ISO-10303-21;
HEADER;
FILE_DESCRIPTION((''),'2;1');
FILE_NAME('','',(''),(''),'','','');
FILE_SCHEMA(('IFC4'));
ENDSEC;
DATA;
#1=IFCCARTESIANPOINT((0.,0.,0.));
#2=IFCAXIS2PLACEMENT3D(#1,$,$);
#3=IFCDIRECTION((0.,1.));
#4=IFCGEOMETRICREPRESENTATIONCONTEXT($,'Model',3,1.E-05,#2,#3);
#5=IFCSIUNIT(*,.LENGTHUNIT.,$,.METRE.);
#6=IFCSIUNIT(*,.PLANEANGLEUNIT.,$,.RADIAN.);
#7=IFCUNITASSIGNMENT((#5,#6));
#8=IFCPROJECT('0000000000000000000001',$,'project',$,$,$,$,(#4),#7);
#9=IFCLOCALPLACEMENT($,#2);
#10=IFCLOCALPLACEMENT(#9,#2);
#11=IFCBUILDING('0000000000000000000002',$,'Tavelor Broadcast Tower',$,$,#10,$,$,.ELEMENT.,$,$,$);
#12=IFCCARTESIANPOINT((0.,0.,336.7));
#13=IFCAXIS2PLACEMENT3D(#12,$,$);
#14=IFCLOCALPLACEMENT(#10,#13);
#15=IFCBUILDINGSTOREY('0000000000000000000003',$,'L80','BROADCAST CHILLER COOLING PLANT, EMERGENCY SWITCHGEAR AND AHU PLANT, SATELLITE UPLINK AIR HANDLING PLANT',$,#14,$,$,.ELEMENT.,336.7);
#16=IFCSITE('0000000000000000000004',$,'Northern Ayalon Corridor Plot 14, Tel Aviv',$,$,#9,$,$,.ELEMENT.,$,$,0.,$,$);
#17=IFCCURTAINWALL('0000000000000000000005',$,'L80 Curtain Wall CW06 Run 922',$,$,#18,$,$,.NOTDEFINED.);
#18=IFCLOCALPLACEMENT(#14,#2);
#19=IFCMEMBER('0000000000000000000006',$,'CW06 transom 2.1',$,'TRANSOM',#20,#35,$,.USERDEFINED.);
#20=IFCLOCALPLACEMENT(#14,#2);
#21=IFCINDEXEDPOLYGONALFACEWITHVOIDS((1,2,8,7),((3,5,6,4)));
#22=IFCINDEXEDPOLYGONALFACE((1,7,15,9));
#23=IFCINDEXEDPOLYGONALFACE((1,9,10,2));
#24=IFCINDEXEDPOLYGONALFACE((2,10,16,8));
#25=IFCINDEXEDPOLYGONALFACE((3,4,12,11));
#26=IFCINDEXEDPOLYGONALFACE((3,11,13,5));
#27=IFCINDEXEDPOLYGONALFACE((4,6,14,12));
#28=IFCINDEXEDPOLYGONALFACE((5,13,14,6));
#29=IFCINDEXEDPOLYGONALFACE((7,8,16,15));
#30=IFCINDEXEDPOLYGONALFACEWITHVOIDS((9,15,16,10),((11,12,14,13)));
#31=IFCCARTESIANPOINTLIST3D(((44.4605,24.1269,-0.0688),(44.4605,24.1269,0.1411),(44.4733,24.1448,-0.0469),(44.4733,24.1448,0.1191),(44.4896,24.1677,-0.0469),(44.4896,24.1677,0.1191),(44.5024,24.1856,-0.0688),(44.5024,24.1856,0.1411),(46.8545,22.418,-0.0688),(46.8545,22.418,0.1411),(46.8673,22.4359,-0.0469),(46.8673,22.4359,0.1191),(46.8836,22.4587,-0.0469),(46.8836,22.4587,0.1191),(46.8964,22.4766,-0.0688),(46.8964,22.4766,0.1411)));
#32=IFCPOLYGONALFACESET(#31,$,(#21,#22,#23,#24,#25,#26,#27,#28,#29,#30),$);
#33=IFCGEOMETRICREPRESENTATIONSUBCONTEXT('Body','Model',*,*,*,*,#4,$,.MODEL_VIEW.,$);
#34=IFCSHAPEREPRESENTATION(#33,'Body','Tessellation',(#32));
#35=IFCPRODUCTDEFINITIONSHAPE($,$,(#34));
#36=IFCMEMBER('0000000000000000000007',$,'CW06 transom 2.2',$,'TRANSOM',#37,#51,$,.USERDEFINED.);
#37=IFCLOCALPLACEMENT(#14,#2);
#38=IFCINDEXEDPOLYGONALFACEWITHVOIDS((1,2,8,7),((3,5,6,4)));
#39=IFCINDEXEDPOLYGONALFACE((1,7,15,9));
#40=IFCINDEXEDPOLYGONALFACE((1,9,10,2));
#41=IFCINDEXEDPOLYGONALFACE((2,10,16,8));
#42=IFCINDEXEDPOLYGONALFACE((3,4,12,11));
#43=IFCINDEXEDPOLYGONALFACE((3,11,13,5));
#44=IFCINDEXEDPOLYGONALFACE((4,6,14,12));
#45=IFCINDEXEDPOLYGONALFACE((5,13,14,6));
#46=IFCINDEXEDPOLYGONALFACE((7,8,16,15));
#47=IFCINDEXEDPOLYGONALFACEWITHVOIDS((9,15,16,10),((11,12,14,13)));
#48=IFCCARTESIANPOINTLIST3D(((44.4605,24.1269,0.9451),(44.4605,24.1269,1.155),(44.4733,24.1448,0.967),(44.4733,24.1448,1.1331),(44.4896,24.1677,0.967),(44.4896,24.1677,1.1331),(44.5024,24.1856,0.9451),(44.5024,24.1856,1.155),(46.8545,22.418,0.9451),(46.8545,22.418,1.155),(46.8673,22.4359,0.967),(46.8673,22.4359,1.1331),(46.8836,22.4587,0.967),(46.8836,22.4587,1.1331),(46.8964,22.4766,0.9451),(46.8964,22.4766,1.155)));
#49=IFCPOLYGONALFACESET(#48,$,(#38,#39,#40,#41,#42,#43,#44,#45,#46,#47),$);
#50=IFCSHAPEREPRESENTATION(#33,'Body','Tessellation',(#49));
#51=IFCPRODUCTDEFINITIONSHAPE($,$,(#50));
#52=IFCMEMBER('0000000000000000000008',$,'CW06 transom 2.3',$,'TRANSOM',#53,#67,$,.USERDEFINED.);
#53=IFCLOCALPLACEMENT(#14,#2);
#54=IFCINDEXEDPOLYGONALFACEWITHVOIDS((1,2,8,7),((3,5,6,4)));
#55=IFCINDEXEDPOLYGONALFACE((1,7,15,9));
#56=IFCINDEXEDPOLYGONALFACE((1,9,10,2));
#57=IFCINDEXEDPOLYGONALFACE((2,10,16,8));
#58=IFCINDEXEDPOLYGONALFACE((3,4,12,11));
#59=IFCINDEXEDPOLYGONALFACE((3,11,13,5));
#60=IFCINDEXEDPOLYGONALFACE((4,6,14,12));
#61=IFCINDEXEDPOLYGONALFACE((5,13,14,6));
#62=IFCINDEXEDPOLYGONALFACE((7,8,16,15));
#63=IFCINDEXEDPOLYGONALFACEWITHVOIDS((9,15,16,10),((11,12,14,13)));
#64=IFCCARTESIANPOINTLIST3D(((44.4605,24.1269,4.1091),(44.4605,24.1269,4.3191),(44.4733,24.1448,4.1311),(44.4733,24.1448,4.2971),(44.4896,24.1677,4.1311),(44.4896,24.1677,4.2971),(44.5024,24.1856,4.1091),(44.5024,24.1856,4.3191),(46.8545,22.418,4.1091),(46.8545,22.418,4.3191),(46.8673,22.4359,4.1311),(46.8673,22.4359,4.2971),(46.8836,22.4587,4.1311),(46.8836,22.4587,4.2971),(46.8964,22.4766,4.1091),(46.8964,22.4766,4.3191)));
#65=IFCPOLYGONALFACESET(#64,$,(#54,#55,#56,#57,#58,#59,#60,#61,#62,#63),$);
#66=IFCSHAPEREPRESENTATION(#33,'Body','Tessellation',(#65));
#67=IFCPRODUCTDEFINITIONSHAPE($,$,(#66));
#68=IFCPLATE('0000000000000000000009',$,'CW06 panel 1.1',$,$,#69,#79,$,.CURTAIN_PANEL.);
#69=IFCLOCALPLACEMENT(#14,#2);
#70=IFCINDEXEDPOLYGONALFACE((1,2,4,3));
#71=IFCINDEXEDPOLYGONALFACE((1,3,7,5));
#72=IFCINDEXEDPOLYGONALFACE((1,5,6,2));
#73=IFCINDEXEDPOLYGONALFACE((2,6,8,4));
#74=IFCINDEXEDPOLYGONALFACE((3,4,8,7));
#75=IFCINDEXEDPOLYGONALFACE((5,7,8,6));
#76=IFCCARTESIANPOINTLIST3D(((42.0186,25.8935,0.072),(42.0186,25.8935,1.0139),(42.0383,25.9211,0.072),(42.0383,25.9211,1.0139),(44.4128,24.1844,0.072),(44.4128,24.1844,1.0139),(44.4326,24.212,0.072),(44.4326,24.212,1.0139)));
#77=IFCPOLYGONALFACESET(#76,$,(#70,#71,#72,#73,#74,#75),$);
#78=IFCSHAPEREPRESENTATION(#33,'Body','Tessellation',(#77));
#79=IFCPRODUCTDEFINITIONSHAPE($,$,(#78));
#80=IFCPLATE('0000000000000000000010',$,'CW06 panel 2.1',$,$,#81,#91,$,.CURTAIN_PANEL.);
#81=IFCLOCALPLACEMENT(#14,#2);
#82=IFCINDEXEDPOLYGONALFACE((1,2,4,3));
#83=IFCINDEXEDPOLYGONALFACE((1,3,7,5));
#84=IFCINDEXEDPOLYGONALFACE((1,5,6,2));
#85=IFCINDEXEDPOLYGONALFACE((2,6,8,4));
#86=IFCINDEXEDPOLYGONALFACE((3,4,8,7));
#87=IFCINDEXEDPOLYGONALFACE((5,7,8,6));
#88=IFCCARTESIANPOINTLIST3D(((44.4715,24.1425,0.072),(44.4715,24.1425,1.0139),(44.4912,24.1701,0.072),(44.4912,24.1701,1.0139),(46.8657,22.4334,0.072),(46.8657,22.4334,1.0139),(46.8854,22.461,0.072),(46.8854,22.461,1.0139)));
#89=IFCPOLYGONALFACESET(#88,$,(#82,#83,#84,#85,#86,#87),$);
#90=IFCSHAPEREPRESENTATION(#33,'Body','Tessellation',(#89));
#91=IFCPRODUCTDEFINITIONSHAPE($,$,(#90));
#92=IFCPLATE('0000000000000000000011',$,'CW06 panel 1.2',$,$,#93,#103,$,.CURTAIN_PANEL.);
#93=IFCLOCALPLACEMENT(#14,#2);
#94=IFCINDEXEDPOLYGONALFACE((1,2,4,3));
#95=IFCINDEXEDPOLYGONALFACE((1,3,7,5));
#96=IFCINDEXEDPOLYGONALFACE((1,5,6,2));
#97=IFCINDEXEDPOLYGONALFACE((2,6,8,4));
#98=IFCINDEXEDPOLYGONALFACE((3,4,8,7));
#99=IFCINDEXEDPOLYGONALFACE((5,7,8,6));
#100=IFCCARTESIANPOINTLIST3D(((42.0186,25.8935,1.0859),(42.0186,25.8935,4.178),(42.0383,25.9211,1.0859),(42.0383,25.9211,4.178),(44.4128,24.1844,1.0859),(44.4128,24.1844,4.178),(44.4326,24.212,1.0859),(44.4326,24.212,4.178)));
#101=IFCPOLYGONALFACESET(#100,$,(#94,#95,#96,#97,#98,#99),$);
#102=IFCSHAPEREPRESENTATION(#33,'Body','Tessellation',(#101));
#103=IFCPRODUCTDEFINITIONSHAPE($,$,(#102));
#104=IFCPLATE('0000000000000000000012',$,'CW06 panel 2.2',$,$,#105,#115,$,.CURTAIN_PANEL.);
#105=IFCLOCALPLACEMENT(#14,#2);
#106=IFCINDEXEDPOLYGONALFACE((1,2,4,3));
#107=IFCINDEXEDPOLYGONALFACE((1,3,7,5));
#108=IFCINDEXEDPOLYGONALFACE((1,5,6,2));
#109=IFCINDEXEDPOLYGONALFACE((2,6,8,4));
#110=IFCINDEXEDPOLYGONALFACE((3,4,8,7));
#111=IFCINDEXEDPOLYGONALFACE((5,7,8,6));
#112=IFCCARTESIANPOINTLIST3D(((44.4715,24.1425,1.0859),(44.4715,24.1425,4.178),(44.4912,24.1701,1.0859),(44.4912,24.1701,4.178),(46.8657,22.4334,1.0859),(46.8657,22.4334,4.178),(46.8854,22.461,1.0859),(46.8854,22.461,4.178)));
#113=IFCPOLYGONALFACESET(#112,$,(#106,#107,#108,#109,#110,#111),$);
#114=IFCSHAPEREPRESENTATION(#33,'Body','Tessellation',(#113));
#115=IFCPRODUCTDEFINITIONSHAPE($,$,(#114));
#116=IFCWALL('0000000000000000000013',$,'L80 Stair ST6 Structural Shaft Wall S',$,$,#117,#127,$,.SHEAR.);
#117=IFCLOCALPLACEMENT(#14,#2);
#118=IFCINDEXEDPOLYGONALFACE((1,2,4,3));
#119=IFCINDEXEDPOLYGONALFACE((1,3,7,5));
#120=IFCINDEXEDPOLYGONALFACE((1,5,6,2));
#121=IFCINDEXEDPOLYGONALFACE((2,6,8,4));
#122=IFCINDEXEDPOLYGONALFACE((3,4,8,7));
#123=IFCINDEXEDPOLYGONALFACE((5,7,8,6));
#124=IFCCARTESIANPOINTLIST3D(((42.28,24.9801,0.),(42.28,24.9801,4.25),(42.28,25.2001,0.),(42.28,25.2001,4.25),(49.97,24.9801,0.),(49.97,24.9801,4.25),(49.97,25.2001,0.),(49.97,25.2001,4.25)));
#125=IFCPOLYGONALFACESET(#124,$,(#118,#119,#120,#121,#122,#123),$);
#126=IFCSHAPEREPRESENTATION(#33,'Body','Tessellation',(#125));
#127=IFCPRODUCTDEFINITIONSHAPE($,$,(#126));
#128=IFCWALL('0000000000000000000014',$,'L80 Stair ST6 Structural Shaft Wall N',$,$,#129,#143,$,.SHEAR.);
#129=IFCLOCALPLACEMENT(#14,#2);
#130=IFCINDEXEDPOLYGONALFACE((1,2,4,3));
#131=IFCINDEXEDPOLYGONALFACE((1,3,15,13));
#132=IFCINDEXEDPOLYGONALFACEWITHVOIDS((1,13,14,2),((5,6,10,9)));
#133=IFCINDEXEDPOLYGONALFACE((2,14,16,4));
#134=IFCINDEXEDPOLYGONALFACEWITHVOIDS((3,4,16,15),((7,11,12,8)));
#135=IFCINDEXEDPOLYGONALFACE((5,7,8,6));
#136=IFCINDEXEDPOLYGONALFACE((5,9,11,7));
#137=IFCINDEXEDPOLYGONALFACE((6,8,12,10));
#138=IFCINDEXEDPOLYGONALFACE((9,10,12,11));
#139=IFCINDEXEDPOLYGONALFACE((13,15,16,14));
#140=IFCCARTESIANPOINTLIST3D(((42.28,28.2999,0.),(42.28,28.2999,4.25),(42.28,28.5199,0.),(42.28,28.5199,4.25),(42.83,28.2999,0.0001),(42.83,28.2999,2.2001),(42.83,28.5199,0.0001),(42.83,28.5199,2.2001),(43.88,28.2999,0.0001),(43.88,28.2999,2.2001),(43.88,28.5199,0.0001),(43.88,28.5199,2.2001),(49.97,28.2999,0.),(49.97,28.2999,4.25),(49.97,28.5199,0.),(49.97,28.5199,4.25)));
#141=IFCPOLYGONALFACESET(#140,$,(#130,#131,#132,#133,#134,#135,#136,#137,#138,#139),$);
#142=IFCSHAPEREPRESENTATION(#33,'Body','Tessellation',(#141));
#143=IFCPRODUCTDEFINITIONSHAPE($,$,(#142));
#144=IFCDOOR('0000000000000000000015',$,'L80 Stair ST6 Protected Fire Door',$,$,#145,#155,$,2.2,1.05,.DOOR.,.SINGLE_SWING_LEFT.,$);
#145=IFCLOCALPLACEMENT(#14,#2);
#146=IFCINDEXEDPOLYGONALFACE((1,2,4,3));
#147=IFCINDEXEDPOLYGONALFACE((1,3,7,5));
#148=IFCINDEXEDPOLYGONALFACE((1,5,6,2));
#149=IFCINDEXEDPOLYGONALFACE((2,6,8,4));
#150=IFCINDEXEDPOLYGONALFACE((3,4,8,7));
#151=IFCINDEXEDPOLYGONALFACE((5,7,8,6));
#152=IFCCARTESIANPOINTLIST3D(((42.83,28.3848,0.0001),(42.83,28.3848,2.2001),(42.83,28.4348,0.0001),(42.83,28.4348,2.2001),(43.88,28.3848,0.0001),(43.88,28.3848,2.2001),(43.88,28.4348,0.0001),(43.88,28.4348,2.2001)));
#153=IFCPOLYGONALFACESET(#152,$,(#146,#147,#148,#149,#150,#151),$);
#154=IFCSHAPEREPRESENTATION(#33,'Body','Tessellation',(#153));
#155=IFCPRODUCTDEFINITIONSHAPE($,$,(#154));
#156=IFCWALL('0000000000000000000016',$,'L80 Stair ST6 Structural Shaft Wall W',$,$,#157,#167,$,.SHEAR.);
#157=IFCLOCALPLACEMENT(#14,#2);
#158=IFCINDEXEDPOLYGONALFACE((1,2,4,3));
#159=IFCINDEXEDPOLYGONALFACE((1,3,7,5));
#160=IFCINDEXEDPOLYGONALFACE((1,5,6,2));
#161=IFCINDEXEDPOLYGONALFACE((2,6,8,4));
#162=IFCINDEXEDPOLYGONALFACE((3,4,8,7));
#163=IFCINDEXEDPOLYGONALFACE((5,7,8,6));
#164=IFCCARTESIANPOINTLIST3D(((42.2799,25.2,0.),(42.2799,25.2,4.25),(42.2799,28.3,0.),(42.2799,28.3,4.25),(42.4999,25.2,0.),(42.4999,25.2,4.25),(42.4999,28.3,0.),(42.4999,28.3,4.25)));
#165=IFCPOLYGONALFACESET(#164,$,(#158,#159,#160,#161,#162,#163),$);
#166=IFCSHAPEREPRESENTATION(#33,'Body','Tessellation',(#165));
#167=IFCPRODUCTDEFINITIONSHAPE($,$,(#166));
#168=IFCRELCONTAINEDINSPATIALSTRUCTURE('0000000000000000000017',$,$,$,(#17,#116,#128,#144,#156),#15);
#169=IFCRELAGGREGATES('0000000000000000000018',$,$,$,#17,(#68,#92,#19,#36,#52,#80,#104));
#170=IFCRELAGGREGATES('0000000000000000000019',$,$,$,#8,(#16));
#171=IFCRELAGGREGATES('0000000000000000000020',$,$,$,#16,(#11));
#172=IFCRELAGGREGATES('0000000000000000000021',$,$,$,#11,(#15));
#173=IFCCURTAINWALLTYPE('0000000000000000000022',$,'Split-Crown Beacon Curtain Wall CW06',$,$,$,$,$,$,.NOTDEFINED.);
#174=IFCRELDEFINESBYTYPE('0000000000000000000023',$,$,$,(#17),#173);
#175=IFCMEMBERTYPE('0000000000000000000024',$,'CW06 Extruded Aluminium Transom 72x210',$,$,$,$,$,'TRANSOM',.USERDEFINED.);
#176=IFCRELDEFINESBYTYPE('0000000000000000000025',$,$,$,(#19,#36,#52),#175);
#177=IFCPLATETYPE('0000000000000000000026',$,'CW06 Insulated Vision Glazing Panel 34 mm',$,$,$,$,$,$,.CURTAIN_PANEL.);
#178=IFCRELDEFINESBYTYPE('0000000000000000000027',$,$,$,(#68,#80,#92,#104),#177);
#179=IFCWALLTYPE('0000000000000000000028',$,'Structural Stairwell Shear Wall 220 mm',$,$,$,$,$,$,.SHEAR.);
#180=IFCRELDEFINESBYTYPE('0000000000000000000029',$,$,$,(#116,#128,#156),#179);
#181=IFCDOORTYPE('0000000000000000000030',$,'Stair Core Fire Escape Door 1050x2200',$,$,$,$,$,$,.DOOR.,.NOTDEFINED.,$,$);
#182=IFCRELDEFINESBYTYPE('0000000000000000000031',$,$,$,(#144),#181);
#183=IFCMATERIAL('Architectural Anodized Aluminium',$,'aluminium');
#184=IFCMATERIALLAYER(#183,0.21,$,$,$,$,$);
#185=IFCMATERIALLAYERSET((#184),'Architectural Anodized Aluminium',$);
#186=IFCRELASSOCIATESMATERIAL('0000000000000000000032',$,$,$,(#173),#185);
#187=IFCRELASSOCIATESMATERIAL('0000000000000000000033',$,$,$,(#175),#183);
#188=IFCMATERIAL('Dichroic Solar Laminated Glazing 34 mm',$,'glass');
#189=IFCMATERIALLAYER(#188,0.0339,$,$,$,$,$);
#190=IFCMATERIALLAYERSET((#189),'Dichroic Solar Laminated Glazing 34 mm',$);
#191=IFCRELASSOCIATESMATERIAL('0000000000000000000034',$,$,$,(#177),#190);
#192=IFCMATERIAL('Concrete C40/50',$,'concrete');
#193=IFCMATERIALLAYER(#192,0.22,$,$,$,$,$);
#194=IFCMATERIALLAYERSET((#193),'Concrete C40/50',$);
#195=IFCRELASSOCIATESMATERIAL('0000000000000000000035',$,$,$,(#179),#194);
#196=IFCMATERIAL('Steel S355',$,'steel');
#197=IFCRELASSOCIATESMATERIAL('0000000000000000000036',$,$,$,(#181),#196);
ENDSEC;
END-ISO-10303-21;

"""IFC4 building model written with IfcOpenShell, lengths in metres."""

from ifc_helpers import new_model, si_unit, direction, frame, frame_2d, origin, origin_2d, place, context, subcontext, project, spatial, rectangle, hollow_rectangle, extrude, source, transform, mapped, material, layer, layer_set, material_profile, profile_set, type_object, type_shapes, element, fill, aggregate, save


model = new_model("IFC4")

# Units and contexts
model_context = context("Model", 3, precision=1e-05, world=origin(), true_north=direction((0.0, 1.0)))
body_context = subcontext(model_context, "Body", "Model", "MODEL_VIEW")
ifc_project = project(units=[si_unit("LENGTHUNIT", "METRE"), si_unit("PLANEANGLEUNIT", "RADIAN")], contexts=[model_context])

# Site, building, storey
site_placement = place(None, origin())
site = spatial("IfcSite", under=ifc_project, at=site_placement, Name="Northern Ayalon Corridor Plot 14, Tel Aviv", CompositionType="ELEMENT", RefElevation=0.0)
building_placement = place(site_placement, origin())
building = spatial("IfcBuilding", under=site, at=building_placement, Name="Tavelor Broadcast Tower", CompositionType="ELEMENT")
storey_placement = place(building_placement, frame((0.0, 0.0, 336.7)))
storey = spatial("IfcBuildingStorey", under=building, at=storey_placement, Name="L80", Description="BROADCAST CHILLER COOLING PLANT, EMERGENCY SWITCHGEAR AND AHU PLANT, SATELLITE UPLINK AIR HANDLING PLANT", CompositionType="ELEMENT", Elevation=336.7)

# Shared definitions
ifc_material_1 = material(Name="Architectural Anodized Aluminium", Category="aluminium")
ifc_layer_1 = layer(ifc_material_1, 0.21)
ifc_layer_set_1 = layer_set([ifc_layer_1], Name="Architectural Anodized Aluminium")
curtain_wall_type = type_object("IfcCurtainWallType", Name="Split-Crown Beacon Curtain Wall CW06", PredefinedType="NOTDEFINED", material=ifc_layer_set_1)

# Curtain wall
curtain_wall_1_placement = place(storey_placement, origin())
curtain_wall_1 = element("IfcCurtainWall", 1, at=curtain_wall_1_placement, inside=storey, type_object=curtain_wall_type, Name="L80 Curtain Wall CW06 Run 922", PredefinedType="NOTDEFINED")

# Members
ifc_material_profile_1 = material_profile(ifc_material_1, hollow_rectangle(XDim=0.072, YDim=0.21, WallThickness=0.022, at=origin_2d()), Name="RHS 72x210x22")
ifc_profile_set_1 = profile_set([ifc_material_profile_1], Name="Architectural Anodized Aluminium")
member_type_1 = type_object("IfcMemberType", Name="CW06 Extruded Aluminium Transom 72x210", ElementType="TRANSOM", PredefinedType="USERDEFINED", material=ifc_profile_set_1)
shared_shape_1 = source(origin(), body_context, "Body", "SweptSolid", [
    extrude(hollow_rectangle(XDim=0.072, YDim=0.21, WallThickness=0.022, at=origin_2d()), origin(), (0.0, 0.0, 1.0), 2.9414),
])
member_1_placement = place(storey_placement, frame((44.4814, 24.1562, 0.0361), z_axis=(0.813902, -0.581003, 0.0), x_axis=(0.581003, 0.813902, 0.0)))
member_1 = element("IfcMember", 2, at=member_1_placement, type_object=member_type_1, Name="CW06 transom 2.1", ObjectType="TRANSOM", PredefinedType="USERDEFINED", context=body_context, shape_type="MappedRepresentation", body=[
    mapped(shared_shape_1, transform((0.0, 0.0, 0.0), scale=1.0)),
])
member_2_placement = place(storey_placement, frame((44.4814, 24.1562, 1.05), z_axis=(0.813902, -0.581003, 0.0), x_axis=(0.581003, 0.813902, 0.0)))
member_2 = element("IfcMember", 3, at=member_2_placement, type_object=member_type_1, Name="CW06 transom 2.2", ObjectType="TRANSOM", PredefinedType="USERDEFINED", context=body_context, shape_type="MappedRepresentation", body=[
    mapped(shared_shape_1, transform((0.0, 0.0, 0.0), scale=1.0)),
])
member_3_placement = place(storey_placement, frame((44.4814, 24.1562, 4.2141), z_axis=(0.813902, -0.581003, 0.0), x_axis=(0.581003, 0.813902, 0.0)))
member_3 = element("IfcMember", 4, at=member_3_placement, type_object=member_type_1, Name="CW06 transom 2.3", ObjectType="TRANSOM", PredefinedType="USERDEFINED", context=body_context, shape_type="MappedRepresentation", body=[
    mapped(shared_shape_1, transform((0.0, 0.0, 0.0), scale=1.0)),
])

# Plates
ifc_material_2 = material(Name="Dichroic Solar Laminated Glazing 34 mm", Category="glass")
ifc_layer_2 = layer(ifc_material_2, 0.0339)
ifc_layer_set_2 = layer_set([ifc_layer_2], Name="Dichroic Solar Laminated Glazing 34 mm")
plate_type = type_object("IfcPlateType", Name="CW06 Insulated Vision Glazing Panel 34 mm", PredefinedType="CURTAIN_PANEL", material=ifc_layer_set_2)
shared_shape_2 = source(origin(), body_context, "Body", "SweptSolid", [
    extrude(rectangle(XDim=2.9417, YDim=0.0339, at=origin_2d()), origin(), (0.0, 0.0, 1.0), 0.9419),
])
plate_1_placement = place(storey_placement, frame((43.2256, 25.0527, 0.072), z_axis=(0.0, 0.0, 1.0), x_axis=(0.813911, -0.58099, 0.0)))
plate_1 = element("IfcPlate", 5, at=plate_1_placement, type_object=plate_type, Name="CW06 panel 1.1", PredefinedType="CURTAIN_PANEL", context=body_context, shape_type="MappedRepresentation", body=[
    mapped(shared_shape_2, transform((0.0, 0.0, 0.0), scale=1.0)),
])
plate_2_placement = place(storey_placement, frame((45.6785, 23.3018, 0.072), z_axis=(0.0, 0.0, 1.0), x_axis=(0.813911, -0.58099, 0.0)))
plate_2 = element("IfcPlate", 6, at=plate_2_placement, type_object=plate_type, Name="CW06 panel 2.1", PredefinedType="CURTAIN_PANEL", context=body_context, shape_type="MappedRepresentation", body=[
    mapped(shared_shape_2, transform((0.0, 0.0, 0.0), scale=1.0)),
])
shared_shape_3 = source(origin(), body_context, "Body", "SweptSolid", [
    extrude(rectangle(XDim=2.9417, YDim=0.0339, at=origin_2d()), origin(), (0.0, 0.0, 1.0), 3.092),
])
type_shapes(plate_type, [shared_shape_2, shared_shape_3])
plate_3_placement = place(storey_placement, frame((43.2256, 25.0527, 1.0859), z_axis=(0.0, 0.0, 1.0), x_axis=(0.813911, -0.58099, 0.0)))
plate_3 = element("IfcPlate", 7, at=plate_3_placement, type_object=plate_type, Name="CW06 panel 1.2", PredefinedType="CURTAIN_PANEL", context=body_context, shape_type="MappedRepresentation", body=[
    mapped(shared_shape_3, transform((0.0, 0.0, 0.0), scale=1.0)),
])
plate_4_placement = place(storey_placement, frame((45.6785, 23.3018, 1.0859), z_axis=(0.0, 0.0, 1.0), x_axis=(0.813911, -0.58099, 0.0)))
plate_4 = element("IfcPlate", 8, at=plate_4_placement, type_object=plate_type, Name="CW06 panel 2.2", PredefinedType="CURTAIN_PANEL", context=body_context, shape_type="MappedRepresentation", body=[
    mapped(shared_shape_3, transform((0.0, 0.0, 0.0), scale=1.0)),
])
aggregate(curtain_wall_1, [plate_1, plate_3, member_1, member_2, member_3, plate_2, plate_4])

# Wall
ifc_material_3 = material(Name="Concrete C40/50", Category="concrete")
ifc_layer_3 = layer(ifc_material_3, 0.22)
ifc_layer_set_3 = layer_set([ifc_layer_3], Name="Concrete C40/50")
wall_type = type_object("IfcWallType", Name="Structural Stairwell Shear Wall 220 mm", PredefinedType="SHEAR", material=ifc_layer_set_3)
wall_1_placement = place(storey_placement, frame((42.28, 25.0901, 0.0), z_axis=(0.0, 0.0, 1.0), x_axis=(1.0, 0.0, 0.0)))
element("IfcWall", 9, at=wall_1_placement, inside=storey, type_object=wall_type, Name="L80 Stair ST6 Structural Shaft Wall S", PredefinedType="SHEAR", context=body_context, shape_type="SweptSolid", body=[
    extrude(rectangle(XDim=7.6899, YDim=0.22, at=frame_2d((3.845, 0.0))), origin(), (0.0, 0.0, 1.0), 4.25),
])

# Wall, opening, door
wall_2_placement = place(storey_placement, frame((42.28, 28.4099, 0.0), z_axis=(0.0, 0.0, 1.0), x_axis=(1.0, 0.0, 0.0)))
wall_2 = element("IfcWall", 10, at=wall_2_placement, inside=storey, type_object=wall_type, Name="L80 Stair ST6 Structural Shaft Wall N", PredefinedType="SHEAR", context=body_context, shape_type="SweptSolid", body=[
    extrude(rectangle(XDim=7.6899, YDim=0.22, at=frame_2d((3.845, 0.0))), origin(), (0.0, 0.0, 1.0), 4.25),
])
opening_placement = place(wall_2_placement, frame((0.55, 0.0, 0.0)))
opening = element("IfcOpeningElement", 11, at=opening_placement, cuts=wall_2, PredefinedType="OPENING", context=body_context, shape_type="SweptSolid", body=[
    extrude(rectangle(XDim=1.05, YDim=2.2, at=frame_2d((0.5249, 1.1001))), frame((0.0, 0.1201, 0.0), z_axis=(0.0, -1.0, 0.0), x_axis=(1.0, 0.0, 0.0)), (0.0, 0.0, 1.0), 0.24),
])
ifc_material_4 = material(Name="Steel S355", Category="steel")
door_type = type_object("IfcDoorType", Name="Stair Core Fire Escape Door 1050x2200", OperationType="NOTDEFINED", PredefinedType="DOOR", material=ifc_material_4)
door_placement = place(opening_placement, origin())
door = element("IfcDoor", 12, at=door_placement, inside=storey, type_object=door_type, Name="L80 Stair ST6 Protected Fire Door", OperationType="SINGLE_SWING_LEFT", OverallHeight=2.2, OverallWidth=1.05, PredefinedType="DOOR", context=body_context, shape_type="SweptSolid", body=[
    extrude(rectangle(XDim=1.05, YDim=2.2, at=frame_2d((0.5249, 1.1001))), frame((0.0, 0.0249, 0.0), z_axis=(0.0, -1.0, 0.0), x_axis=(1.0, 0.0, 0.0)), (0.0, 0.0, 1.0), 0.05),
])
fill(opening, door)

# Wall
wall_3_placement = place(storey_placement, frame((42.3899, 25.2, 0.0), z_axis=(0.0, 0.0, 1.0), x_axis=(0.0, 1.0, 0.0)))
element("IfcWall", 13, at=wall_3_placement, inside=storey, type_object=wall_type, Name="L80 Stair ST6 Structural Shaft Wall W", PredefinedType="SHEAR", context=body_context, shape_type="SweptSolid", body=[
    extrude(rectangle(XDim=3.1001, YDim=0.22, at=frame_2d((1.55, 0.0))), origin(), (0.0, 0.0, 1.0), 4.25),
])

save(model, "model.ifc")
